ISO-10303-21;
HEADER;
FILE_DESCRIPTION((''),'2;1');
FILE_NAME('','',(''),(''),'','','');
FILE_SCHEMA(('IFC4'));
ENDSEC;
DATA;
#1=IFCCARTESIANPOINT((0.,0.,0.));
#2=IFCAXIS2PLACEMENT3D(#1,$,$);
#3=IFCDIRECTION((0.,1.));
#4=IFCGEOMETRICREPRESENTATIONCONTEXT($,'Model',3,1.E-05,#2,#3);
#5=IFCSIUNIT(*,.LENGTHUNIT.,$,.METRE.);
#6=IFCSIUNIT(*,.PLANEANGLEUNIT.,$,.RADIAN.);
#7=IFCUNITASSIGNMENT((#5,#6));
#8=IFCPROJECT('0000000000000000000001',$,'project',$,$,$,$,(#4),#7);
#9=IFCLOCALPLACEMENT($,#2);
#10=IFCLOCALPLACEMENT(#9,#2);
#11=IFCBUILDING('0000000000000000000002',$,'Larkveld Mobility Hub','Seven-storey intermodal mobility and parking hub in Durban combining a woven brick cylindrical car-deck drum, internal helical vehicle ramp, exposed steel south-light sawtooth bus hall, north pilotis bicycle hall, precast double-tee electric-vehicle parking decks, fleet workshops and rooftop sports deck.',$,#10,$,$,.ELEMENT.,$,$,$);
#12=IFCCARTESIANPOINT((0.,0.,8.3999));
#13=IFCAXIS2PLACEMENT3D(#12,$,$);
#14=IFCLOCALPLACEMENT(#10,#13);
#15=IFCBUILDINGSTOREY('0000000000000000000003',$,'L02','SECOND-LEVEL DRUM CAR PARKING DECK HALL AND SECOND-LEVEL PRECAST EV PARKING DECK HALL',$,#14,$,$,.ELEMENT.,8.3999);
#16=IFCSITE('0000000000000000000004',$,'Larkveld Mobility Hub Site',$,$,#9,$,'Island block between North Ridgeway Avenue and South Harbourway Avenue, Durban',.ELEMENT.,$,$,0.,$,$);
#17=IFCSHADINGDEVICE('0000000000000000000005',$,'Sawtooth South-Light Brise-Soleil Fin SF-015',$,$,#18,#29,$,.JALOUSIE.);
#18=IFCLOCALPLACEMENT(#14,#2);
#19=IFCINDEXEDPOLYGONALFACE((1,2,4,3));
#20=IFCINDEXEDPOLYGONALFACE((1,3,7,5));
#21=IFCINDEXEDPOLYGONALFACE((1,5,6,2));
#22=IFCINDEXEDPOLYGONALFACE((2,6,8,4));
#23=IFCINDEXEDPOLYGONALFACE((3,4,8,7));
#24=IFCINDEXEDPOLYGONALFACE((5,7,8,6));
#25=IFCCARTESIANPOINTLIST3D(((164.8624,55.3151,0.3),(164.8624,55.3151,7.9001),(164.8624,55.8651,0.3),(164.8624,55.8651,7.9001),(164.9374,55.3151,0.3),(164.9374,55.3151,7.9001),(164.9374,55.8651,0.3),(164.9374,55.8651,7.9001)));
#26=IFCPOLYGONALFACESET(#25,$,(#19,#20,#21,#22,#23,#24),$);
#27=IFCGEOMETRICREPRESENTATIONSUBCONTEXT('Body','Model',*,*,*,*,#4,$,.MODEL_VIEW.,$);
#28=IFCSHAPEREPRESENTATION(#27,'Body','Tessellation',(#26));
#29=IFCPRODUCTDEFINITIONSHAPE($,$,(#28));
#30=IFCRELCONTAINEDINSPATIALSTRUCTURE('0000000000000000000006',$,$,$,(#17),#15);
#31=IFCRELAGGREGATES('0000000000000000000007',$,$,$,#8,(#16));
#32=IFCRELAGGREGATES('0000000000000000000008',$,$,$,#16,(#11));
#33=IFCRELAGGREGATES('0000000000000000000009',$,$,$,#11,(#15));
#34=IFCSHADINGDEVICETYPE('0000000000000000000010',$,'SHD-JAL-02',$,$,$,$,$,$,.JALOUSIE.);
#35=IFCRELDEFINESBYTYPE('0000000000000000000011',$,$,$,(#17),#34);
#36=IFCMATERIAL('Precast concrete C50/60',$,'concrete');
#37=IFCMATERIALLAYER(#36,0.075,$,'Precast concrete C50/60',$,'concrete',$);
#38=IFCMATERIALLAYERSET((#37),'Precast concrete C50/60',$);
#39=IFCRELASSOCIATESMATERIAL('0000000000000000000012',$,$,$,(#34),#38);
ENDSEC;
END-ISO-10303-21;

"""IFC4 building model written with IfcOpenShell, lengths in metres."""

from ifc_helpers import new_model, si_unit, direction, frame, origin, origin_2d, place, context, subcontext, project, spatial, rectangle, extrude, material, layer, layer_set, type_object, element, save


model = new_model("IFC4")

# Units and contexts
model_context = context("Model", 3, precision=1e-05, world=origin(), true_north=direction((0.0, 1.0)))
body_context = subcontext(model_context, "Body", "Model", "MODEL_VIEW")
ifc_project = project(units=[si_unit("LENGTHUNIT", "METRE"), si_unit("PLANEANGLEUNIT", "RADIAN")], contexts=[model_context])

# Site, building, storey
site_placement = place(None, origin())
site = spatial("IfcSite", under=ifc_project, at=site_placement, Name="Larkveld Mobility Hub Site", LongName="Island block between North Ridgeway Avenue and South Harbourway Avenue, Durban", CompositionType="ELEMENT", RefElevation=0.0)
building_placement = place(site_placement, origin())
building = spatial("IfcBuilding", under=site, at=building_placement, Name="Larkveld Mobility Hub", Description="Seven-storey intermodal mobility and parking hub in Durban combining a woven brick cylindrical car-deck drum, internal helical vehicle ramp, exposed steel south-light sawtooth bus hall, north pilotis bicycle hall, precast double-tee electric-vehicle parking decks, fleet workshops and rooftop sports deck.", CompositionType="ELEMENT")
storey_placement = place(building_placement, frame((0.0, 0.0, 8.3999)))
storey = spatial("IfcBuildingStorey", under=building, at=storey_placement, Name="L02", Description="SECOND-LEVEL DRUM CAR PARKING DECK HALL AND SECOND-LEVEL PRECAST EV PARKING DECK HALL", CompositionType="ELEMENT", Elevation=8.3999)

# Shading device
ifc_material_1 = material(Name="Precast concrete C50/60", Category="concrete")
ifc_layer_1 = layer(ifc_material_1, 0.075, Name="Precast concrete C50/60", Category="concrete")
ifc_layer_set_1 = layer_set([ifc_layer_1], Name="Precast concrete C50/60")
shading_device_type = type_object("IfcShadingDeviceType", Name="SHD-JAL-02", PredefinedType="JALOUSIE", material=ifc_layer_set_1)
shading_device_placement = place(storey_placement, frame((164.8999, 55.5901, 0.3), z_axis=(0.0, 0.0, 1.0), x_axis=(1.0, 0.0, 0.0)))
element("IfcShadingDevice", 1, at=shading_device_placement, inside=storey, type_object=shading_device_type, Name="Sawtooth South-Light Brise-Soleil Fin SF-015", PredefinedType="JALOUSIE", context=body_context, shape_type="SweptSolid", body=[
    extrude(rectangle(XDim=0.075, YDim=0.55, at=origin_2d()), origin(), (0.0, 0.0, 1.0), 7.6001),
])

save(model, "model.ifc")
